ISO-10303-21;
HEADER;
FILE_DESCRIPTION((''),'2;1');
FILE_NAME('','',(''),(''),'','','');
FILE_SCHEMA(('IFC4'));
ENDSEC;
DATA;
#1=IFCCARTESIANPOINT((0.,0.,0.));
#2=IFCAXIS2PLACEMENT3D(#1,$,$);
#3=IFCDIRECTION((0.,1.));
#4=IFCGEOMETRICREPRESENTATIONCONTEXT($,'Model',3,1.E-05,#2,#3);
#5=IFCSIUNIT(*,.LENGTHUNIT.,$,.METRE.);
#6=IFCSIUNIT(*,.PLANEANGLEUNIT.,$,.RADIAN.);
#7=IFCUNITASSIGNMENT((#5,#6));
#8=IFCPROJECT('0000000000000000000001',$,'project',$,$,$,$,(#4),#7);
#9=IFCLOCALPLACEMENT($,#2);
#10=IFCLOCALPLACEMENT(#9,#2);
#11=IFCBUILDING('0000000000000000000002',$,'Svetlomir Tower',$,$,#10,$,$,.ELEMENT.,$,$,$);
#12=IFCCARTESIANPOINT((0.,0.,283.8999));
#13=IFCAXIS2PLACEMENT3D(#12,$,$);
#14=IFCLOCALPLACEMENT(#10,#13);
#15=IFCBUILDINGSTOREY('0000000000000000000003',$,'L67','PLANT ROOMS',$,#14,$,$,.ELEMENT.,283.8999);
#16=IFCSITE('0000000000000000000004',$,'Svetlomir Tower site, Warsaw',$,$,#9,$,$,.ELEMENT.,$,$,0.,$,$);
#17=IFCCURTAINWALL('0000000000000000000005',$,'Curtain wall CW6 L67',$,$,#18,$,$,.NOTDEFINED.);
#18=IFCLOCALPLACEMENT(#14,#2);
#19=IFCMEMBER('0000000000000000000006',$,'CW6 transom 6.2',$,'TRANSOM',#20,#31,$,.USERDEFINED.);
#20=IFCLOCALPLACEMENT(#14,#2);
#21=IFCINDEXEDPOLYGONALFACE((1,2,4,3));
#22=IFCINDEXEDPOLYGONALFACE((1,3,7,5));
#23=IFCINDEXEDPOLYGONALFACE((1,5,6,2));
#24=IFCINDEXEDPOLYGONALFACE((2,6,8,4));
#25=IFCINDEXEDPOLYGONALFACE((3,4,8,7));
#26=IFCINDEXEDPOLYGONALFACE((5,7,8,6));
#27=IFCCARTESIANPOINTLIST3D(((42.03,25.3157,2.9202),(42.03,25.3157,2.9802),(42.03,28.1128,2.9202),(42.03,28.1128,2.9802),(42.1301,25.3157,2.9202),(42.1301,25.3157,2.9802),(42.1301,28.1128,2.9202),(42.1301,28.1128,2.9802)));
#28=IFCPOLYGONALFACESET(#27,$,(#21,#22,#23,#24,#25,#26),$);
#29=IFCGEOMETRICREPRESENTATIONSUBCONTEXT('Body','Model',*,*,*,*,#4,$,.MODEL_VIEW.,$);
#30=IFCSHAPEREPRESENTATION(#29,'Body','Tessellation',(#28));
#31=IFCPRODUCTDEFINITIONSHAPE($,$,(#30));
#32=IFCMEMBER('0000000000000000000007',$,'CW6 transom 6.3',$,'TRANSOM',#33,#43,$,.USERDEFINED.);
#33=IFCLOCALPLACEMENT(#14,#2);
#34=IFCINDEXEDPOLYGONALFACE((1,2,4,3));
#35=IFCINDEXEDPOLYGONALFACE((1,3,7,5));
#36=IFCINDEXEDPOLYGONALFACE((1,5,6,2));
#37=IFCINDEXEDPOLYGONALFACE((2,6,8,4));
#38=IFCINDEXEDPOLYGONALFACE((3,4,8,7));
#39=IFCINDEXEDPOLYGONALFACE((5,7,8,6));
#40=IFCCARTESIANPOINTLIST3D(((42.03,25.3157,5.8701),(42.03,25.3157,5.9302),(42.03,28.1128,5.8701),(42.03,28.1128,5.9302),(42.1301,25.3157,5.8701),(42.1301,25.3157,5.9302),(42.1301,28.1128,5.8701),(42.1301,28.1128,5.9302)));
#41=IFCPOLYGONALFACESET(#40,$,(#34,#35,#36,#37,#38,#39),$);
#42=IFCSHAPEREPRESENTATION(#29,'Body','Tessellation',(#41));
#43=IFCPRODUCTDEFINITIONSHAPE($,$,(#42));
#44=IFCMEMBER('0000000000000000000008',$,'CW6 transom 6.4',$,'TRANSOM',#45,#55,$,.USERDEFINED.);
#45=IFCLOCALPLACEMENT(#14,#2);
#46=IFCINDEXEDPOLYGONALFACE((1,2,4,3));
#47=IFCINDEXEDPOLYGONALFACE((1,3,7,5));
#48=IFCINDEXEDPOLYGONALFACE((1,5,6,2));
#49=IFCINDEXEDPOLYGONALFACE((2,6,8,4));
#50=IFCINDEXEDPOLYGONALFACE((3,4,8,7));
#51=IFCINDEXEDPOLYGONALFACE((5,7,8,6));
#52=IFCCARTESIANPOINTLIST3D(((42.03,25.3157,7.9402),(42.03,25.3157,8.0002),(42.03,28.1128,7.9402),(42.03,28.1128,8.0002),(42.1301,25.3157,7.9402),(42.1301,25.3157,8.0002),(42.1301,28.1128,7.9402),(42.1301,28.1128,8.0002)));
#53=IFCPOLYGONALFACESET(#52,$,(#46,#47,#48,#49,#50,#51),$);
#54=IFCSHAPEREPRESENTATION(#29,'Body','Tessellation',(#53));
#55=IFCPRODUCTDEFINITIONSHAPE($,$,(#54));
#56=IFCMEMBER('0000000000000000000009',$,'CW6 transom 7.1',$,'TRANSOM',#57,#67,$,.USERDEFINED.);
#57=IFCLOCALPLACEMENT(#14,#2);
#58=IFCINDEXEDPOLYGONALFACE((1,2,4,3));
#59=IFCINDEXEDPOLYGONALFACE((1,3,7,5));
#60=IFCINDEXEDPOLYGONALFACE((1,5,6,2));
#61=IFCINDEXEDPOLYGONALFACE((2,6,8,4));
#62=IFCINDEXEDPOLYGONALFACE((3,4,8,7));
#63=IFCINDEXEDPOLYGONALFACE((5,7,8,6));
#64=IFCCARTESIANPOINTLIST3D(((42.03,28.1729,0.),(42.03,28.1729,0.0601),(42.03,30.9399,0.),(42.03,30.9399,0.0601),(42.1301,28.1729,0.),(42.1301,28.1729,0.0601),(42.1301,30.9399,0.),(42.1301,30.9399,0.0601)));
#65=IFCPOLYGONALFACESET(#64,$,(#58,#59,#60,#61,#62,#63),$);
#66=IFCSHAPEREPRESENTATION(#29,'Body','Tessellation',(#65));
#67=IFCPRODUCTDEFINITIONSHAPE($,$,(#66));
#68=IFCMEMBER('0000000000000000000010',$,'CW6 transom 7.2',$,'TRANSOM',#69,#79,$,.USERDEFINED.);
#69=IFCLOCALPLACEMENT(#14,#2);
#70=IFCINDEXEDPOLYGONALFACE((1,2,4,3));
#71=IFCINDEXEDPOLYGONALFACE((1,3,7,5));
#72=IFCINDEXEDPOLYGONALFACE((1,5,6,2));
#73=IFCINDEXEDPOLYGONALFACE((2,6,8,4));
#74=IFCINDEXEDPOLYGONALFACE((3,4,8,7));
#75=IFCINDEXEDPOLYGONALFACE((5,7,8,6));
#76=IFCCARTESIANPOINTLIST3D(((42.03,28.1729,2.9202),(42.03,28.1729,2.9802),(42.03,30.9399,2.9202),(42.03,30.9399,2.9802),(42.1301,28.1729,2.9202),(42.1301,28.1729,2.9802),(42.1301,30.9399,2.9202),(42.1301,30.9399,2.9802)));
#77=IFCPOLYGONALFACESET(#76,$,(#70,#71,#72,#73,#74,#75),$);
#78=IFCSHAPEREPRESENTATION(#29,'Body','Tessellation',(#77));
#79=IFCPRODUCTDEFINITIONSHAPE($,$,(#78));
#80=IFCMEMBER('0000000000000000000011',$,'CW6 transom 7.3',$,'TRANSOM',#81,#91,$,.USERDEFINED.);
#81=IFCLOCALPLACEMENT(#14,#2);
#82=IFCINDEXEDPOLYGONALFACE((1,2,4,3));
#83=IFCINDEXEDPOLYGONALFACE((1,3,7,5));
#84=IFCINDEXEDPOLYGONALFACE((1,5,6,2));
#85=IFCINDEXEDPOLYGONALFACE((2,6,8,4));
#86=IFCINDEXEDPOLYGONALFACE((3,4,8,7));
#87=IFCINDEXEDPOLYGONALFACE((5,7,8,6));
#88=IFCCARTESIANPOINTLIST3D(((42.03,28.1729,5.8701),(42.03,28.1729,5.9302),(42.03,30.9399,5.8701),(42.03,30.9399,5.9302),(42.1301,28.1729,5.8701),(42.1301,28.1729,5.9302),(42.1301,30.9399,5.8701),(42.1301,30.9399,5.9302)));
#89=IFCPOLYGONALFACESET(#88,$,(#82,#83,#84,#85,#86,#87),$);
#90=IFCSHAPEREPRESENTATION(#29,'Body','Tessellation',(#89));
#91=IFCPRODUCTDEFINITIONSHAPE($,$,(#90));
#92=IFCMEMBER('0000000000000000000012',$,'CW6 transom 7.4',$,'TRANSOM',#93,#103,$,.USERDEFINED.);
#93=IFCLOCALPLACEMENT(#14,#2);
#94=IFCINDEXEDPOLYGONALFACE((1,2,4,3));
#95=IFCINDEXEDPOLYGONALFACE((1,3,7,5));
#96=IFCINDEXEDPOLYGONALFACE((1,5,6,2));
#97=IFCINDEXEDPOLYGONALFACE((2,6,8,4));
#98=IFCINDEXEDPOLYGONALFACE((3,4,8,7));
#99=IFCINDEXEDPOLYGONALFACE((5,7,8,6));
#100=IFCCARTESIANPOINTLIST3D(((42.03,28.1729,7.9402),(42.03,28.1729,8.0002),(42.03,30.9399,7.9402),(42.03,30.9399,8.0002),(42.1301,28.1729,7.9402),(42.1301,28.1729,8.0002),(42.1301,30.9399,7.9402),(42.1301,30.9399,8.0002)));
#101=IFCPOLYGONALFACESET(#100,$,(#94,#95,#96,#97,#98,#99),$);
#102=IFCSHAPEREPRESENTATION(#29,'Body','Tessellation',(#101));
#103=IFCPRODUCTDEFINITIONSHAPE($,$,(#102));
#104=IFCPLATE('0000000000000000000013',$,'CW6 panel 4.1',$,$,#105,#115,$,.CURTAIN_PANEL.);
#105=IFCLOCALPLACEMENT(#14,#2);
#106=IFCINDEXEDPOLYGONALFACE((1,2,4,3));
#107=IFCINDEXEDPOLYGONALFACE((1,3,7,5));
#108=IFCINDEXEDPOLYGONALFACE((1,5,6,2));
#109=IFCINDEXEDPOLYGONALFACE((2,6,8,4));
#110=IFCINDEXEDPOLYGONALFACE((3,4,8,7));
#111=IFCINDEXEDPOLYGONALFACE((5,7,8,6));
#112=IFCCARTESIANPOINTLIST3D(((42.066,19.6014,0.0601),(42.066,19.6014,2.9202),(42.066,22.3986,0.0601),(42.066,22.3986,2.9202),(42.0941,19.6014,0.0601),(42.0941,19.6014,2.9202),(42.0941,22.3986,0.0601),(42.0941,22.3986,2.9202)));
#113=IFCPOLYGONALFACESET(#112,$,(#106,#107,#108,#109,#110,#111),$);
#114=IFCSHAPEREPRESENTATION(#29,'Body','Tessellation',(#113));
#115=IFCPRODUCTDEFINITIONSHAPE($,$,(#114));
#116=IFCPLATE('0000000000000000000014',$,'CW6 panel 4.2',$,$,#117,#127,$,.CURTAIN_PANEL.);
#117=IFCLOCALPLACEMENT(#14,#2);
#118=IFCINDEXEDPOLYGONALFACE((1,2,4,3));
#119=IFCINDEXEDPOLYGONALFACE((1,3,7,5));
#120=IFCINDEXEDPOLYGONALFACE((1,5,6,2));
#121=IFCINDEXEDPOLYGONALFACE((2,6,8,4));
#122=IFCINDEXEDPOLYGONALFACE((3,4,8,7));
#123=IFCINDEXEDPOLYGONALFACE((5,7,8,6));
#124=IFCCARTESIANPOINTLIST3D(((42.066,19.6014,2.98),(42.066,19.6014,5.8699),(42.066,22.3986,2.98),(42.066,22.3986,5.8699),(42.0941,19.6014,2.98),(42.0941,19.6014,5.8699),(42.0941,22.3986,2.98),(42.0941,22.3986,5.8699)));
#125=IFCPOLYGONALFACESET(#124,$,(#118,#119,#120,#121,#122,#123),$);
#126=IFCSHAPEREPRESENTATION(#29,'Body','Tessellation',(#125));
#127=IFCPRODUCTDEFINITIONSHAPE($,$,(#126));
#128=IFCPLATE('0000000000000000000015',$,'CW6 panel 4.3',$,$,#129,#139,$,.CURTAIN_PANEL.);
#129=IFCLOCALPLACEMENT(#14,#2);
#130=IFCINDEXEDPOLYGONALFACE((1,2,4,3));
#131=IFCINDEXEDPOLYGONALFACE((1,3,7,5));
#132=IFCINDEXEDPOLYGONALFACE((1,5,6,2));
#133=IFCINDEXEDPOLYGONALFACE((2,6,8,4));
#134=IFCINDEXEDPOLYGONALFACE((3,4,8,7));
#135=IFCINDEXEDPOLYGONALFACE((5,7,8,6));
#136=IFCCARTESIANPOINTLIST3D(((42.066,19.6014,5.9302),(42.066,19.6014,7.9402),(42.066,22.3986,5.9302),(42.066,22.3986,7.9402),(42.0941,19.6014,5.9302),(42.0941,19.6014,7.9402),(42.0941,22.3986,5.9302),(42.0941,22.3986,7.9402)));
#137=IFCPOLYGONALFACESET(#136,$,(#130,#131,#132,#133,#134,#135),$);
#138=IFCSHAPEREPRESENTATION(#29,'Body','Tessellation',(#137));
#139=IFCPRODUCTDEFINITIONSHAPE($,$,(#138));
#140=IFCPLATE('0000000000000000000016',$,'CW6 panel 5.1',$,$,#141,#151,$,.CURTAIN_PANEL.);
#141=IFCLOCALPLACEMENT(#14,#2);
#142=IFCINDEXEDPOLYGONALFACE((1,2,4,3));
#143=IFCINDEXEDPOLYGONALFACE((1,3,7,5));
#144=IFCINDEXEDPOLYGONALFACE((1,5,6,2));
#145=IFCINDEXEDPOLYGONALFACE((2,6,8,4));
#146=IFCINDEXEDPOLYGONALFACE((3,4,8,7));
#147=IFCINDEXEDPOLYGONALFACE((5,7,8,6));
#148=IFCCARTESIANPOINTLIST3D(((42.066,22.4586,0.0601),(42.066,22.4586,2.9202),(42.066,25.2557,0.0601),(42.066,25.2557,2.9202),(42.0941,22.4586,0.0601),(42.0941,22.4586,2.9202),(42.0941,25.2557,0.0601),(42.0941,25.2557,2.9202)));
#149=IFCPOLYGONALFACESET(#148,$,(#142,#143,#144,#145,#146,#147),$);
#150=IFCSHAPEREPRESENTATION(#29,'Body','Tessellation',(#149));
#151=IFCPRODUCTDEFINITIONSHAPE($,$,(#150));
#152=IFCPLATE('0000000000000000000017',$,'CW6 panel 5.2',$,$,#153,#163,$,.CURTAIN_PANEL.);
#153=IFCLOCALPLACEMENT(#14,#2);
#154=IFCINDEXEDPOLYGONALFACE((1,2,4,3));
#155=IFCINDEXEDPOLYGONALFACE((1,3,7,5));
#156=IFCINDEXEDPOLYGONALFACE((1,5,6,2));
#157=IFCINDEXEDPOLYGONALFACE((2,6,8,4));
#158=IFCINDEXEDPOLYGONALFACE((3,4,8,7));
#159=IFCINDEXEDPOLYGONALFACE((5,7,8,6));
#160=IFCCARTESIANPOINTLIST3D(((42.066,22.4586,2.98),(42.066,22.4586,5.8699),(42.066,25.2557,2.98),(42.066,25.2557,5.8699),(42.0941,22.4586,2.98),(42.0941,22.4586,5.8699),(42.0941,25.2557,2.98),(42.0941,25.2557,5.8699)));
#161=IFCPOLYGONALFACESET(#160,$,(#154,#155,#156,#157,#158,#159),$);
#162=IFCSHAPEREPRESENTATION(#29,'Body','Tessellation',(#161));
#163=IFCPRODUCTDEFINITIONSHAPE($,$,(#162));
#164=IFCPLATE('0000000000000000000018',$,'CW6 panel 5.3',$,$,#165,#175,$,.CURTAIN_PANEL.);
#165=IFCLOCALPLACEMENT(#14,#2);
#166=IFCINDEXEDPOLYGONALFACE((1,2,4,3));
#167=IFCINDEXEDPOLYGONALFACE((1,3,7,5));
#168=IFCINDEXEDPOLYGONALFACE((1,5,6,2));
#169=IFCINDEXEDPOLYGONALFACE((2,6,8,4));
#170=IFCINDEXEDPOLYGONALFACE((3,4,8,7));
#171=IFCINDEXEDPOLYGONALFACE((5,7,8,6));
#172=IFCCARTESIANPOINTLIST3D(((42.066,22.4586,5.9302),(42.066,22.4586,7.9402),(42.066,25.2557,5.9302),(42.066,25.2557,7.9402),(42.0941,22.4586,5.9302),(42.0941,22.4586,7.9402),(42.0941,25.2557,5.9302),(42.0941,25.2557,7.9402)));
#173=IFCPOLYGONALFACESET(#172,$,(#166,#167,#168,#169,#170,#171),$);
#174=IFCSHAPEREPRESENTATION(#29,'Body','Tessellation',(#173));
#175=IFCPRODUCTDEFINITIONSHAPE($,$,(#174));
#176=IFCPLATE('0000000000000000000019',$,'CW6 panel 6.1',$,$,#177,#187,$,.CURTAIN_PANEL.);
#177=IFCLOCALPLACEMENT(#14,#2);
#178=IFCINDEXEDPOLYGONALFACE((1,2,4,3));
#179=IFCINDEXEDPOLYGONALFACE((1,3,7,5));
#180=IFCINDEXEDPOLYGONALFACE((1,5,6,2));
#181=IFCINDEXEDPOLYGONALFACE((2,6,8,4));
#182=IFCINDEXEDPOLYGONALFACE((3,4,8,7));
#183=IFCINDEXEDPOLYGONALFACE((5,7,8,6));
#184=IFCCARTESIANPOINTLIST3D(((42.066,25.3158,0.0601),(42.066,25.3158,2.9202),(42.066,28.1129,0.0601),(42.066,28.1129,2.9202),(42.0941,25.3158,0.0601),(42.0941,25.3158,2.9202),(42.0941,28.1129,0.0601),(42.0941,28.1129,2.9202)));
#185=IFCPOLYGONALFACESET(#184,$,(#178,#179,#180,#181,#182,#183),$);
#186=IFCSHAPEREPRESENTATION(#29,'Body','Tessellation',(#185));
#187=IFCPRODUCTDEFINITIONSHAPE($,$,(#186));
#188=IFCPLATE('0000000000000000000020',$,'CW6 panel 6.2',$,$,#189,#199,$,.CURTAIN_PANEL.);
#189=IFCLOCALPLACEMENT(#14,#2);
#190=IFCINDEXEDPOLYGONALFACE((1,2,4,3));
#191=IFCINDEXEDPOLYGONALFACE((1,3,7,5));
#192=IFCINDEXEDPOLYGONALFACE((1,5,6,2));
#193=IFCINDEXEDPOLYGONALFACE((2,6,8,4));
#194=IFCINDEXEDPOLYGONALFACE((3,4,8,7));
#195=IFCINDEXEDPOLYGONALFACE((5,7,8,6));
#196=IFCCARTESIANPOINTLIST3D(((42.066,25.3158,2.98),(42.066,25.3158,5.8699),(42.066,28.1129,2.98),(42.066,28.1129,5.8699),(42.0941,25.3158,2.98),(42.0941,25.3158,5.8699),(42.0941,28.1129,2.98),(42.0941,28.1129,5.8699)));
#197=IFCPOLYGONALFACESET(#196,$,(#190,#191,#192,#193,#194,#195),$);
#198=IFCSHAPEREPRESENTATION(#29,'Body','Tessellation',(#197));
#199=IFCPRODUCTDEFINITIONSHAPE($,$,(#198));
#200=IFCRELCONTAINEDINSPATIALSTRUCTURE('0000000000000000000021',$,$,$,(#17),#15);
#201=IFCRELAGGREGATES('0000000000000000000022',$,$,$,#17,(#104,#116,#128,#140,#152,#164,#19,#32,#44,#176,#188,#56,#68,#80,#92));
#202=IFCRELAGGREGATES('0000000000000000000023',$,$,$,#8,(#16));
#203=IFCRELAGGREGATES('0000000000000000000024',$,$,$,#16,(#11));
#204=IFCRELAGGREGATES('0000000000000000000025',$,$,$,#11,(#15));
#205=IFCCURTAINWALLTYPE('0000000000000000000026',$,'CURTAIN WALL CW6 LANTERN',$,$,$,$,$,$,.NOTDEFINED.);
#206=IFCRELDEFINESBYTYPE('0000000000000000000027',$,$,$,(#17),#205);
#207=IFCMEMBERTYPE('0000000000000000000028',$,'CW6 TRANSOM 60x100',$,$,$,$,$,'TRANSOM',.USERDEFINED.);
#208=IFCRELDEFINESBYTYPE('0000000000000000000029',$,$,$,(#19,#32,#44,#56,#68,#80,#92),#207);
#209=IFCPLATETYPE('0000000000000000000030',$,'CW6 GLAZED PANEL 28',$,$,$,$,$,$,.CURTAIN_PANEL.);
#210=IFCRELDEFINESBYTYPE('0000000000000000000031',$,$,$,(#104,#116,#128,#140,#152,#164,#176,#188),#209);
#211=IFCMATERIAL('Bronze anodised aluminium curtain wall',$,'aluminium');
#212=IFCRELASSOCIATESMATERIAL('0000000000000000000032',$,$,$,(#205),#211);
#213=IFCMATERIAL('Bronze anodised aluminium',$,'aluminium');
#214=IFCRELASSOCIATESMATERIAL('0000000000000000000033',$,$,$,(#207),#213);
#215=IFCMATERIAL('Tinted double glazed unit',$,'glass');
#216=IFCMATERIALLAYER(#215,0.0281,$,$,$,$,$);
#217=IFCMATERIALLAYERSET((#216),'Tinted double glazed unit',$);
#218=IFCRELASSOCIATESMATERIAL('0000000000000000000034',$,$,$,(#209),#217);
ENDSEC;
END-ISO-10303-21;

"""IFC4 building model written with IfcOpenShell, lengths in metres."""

from ifc_helpers import new_model, si_unit, direction, frame, origin, origin_2d, place, context, subcontext, project, spatial, rectangle, extrude, material, layer, layer_set, material_profile, profile_set, type_object, element, aggregate, save


model = new_model("IFC4")

# Units and contexts
model_context = context("Model", 3, precision=1e-05, world=origin(), true_north=direction((0.0, 1.0)))
body_context = subcontext(model_context, "Body", "Model", "MODEL_VIEW")
ifc_project = project(units=[si_unit("LENGTHUNIT", "METRE"), si_unit("PLANEANGLEUNIT", "RADIAN")], contexts=[model_context])

# Site, building, storey
site_placement = place(None, origin())
site = spatial("IfcSite", under=ifc_project, at=site_placement, Name="Svetlomir Tower site, Warsaw", CompositionType="ELEMENT", RefElevation=0.0)
building_placement = place(site_placement, origin())
building = spatial("IfcBuilding", under=site, at=building_placement, Name="Svetlomir Tower", CompositionType="ELEMENT")
storey_placement = place(building_placement, frame((0.0, 0.0, 283.8999)))
storey = spatial("IfcBuildingStorey", under=building, at=storey_placement, Name="L67", Description="PLANT ROOMS", CompositionType="ELEMENT", Elevation=283.8999)

# Curtain wall, members, plates
ifc_material_1 = material(Name="Bronze anodised aluminium curtain wall", Category="aluminium")
curtain_wall_type = type_object("IfcCurtainWallType", Name="CURTAIN WALL CW6 LANTERN", PredefinedType="NOTDEFINED", material=ifc_material_1)
curtain_wall_1_placement = place(storey_placement, origin())
curtain_wall_1 = element("IfcCurtainWall", 1, at=curtain_wall_1_placement, inside=storey, type_object=curtain_wall_type, Name="Curtain wall CW6 L67", PredefinedType="NOTDEFINED")
ifc_material_2 = material(Name="Bronze anodised aluminium", Category="aluminium")
ifc_material_profile_1 = material_profile(ifc_material_2, rectangle(XDim=0.1001, YDim=0.0601, at=origin_2d()), Name="AL 100x60")
ifc_profile_set_1 = profile_set([ifc_material_profile_1], Name="Bronze anodised aluminium 6063-T6")
member_type_1 = type_object("IfcMemberType", Name="CW6 TRANSOM 60x100", ElementType="TRANSOM", PredefinedType="USERDEFINED", material=ifc_profile_set_1)
member_1_placement = place(storey_placement, frame((42.0801, 25.3157, 2.9502), z_axis=(0.0, 1.0, 0.0), x_axis=(-1.0, 0.0, 0.0)))
member_1 = element("IfcMember", 2, at=member_1_placement, type_object=member_type_1, Name="CW6 transom 6.2", ObjectType="TRANSOM", PredefinedType="USERDEFINED", context=body_context, shape_type="SweptSolid", body=[
    extrude(rectangle(XDim=0.1001, YDim=0.0601, at=origin_2d()), origin(), (0.0, 0.0, 1.0), 2.7971),
])
member_2_placement = place(storey_placement, frame((42.0801, 25.3157, 5.9001), z_axis=(0.0, 1.0, 0.0), x_axis=(-1.0, 0.0, 0.0)))
member_2 = element("IfcMember", 3, at=member_2_placement, type_object=member_type_1, Name="CW6 transom 6.3", ObjectType="TRANSOM", PredefinedType="USERDEFINED", context=body_context, shape_type="SweptSolid", body=[
    extrude(rectangle(XDim=0.1001, YDim=0.0601, at=origin_2d()), origin(), (0.0, 0.0, 1.0), 2.7971),
])
member_3_placement = place(storey_placement, frame((42.0801, 25.3157, 7.9702), z_axis=(0.0, 1.0, 0.0), x_axis=(-1.0, 0.0, 0.0)))
member_3 = element("IfcMember", 4, at=member_3_placement, type_object=member_type_1, Name="CW6 transom 6.4", ObjectType="TRANSOM", PredefinedType="USERDEFINED", context=body_context, shape_type="SweptSolid", body=[
    extrude(rectangle(XDim=0.1001, YDim=0.0601, at=origin_2d()), origin(), (0.0, 0.0, 1.0), 2.7971),
])
member_4_placement = place(storey_placement, frame((42.0801, 28.1729, 0.03), z_axis=(0.0, 1.0, 0.0), x_axis=(-1.0, 0.0, 0.0)))
member_4 = element("IfcMember", 5, at=member_4_placement, type_object=member_type_1, Name="CW6 transom 7.1", ObjectType="TRANSOM", PredefinedType="USERDEFINED", context=body_context, shape_type="SweptSolid", body=[
    extrude(rectangle(XDim=0.1001, YDim=0.0601, at=origin_2d()), origin(), (0.0, 0.0, 1.0), 2.7671),
])
member_5_placement = place(storey_placement, frame((42.0801, 28.1729, 2.9502), z_axis=(0.0, 1.0, 0.0), x_axis=(-1.0, 0.0, 0.0)))
member_5 = element("IfcMember", 6, at=member_5_placement, type_object=member_type_1, Name="CW6 transom 7.2", ObjectType="TRANSOM", PredefinedType="USERDEFINED", context=body_context, shape_type="SweptSolid", body=[
    extrude(rectangle(XDim=0.1001, YDim=0.0601, at=origin_2d()), origin(), (0.0, 0.0, 1.0), 2.7671),
])
member_6_placement = place(storey_placement, frame((42.0801, 28.1729, 5.9001), z_axis=(0.0, 1.0, 0.0), x_axis=(-1.0, 0.0, 0.0)))
member_6 = element("IfcMember", 7, at=member_6_placement, type_object=member_type_1, Name="CW6 transom 7.3", ObjectType="TRANSOM", PredefinedType="USERDEFINED", context=body_context, shape_type="SweptSolid", body=[
    extrude(rectangle(XDim=0.1001, YDim=0.0601, at=origin_2d()), origin(), (0.0, 0.0, 1.0), 2.7671),
])
member_7_placement = place(storey_placement, frame((42.0801, 28.1729, 7.9702), z_axis=(0.0, 1.0, 0.0), x_axis=(-1.0, 0.0, 0.0)))
member_7 = element("IfcMember", 8, at=member_7_placement, type_object=member_type_1, Name="CW6 transom 7.4", ObjectType="TRANSOM", PredefinedType="USERDEFINED", context=body_context, shape_type="SweptSolid", body=[
    extrude(rectangle(XDim=0.1001, YDim=0.0601, at=origin_2d()), origin(), (0.0, 0.0, 1.0), 2.7671),
])
ifc_material_3 = material(Name="Tinted double glazed unit", Category="glass")
ifc_layer = layer(ifc_material_3, 0.0281)
ifc_layer_set = layer_set([ifc_layer], Name="Tinted double glazed unit")
plate_type = type_object("IfcPlateType", Name="CW6 GLAZED PANEL 28", PredefinedType="CURTAIN_PANEL", material=ifc_layer_set)
plate_1_placement = place(storey_placement, frame((42.0801, 21.0, 0.0601), z_axis=(0.0, 0.0, 1.0), x_axis=(0.0, 1.0, 0.0)))
plate_1 = element("IfcPlate", 9, at=plate_1_placement, type_object=plate_type, Name="CW6 panel 4.1", PredefinedType="CURTAIN_PANEL", context=body_context, shape_type="SweptSolid", body=[
    extrude(rectangle(XDim=2.7971, YDim=0.0281, at=origin_2d()), origin(), (0.0, 0.0, 1.0), 2.8601),
])
plate_2_placement = place(storey_placement, frame((42.0801, 21.0, 2.98), z_axis=(0.0, 0.0, 1.0), x_axis=(0.0, 1.0, 0.0)))
plate_2 = element("IfcPlate", 10, at=plate_2_placement, type_object=plate_type, Name="CW6 panel 4.2", PredefinedType="CURTAIN_PANEL", context=body_context, shape_type="SweptSolid", body=[
    extrude(rectangle(XDim=2.7971, YDim=0.0281, at=origin_2d()), origin(), (0.0, 0.0, 1.0), 2.8899),
])
plate_3_placement = place(storey_placement, frame((42.0801, 21.0, 5.9302), z_axis=(0.0, 0.0, 1.0), x_axis=(0.0, 1.0, 0.0)))
plate_3 = element("IfcPlate", 11, at=plate_3_placement, type_object=plate_type, Name="CW6 panel 4.3", PredefinedType="CURTAIN_PANEL", context=body_context, shape_type="SweptSolid", body=[
    extrude(rectangle(XDim=2.7971, YDim=0.0281, at=origin_2d()), origin(), (0.0, 0.0, 1.0), 2.01),
])
plate_4_placement = place(storey_placement, frame((42.0801, 23.8572, 0.0601), z_axis=(0.0, 0.0, 1.0), x_axis=(0.0, 1.0, 0.0)))
plate_4 = element("IfcPlate", 12, at=plate_4_placement, type_object=plate_type, Name="CW6 panel 5.1", PredefinedType="CURTAIN_PANEL", context=body_context, shape_type="SweptSolid", body=[
    extrude(rectangle(XDim=2.7971, YDim=0.0281, at=origin_2d()), origin(), (0.0, 0.0, 1.0), 2.8601),
])
plate_5_placement = place(storey_placement, frame((42.0801, 23.8572, 2.98), z_axis=(0.0, 0.0, 1.0), x_axis=(0.0, 1.0, 0.0)))
plate_5 = element("IfcPlate", 13, at=plate_5_placement, type_object=plate_type, Name="CW6 panel 5.2", PredefinedType="CURTAIN_PANEL", context=body_context, shape_type="SweptSolid", body=[
    extrude(rectangle(XDim=2.7971, YDim=0.0281, at=origin_2d()), origin(), (0.0, 0.0, 1.0), 2.8899),
])
plate_6_placement = place(storey_placement, frame((42.0801, 23.8572, 5.9302), z_axis=(0.0, 0.0, 1.0), x_axis=(0.0, 1.0, 0.0)))
plate_6 = element("IfcPlate", 14, at=plate_6_placement, type_object=plate_type, Name="CW6 panel 5.3", PredefinedType="CURTAIN_PANEL", context=body_context, shape_type="SweptSolid", body=[
    extrude(rectangle(XDim=2.7971, YDim=0.0281, at=origin_2d()), origin(), (0.0, 0.0, 1.0), 2.01),
])
plate_7_placement = place(storey_placement, frame((42.0801, 26.7144, 0.0601), z_axis=(0.0, 0.0, 1.0), x_axis=(0.0, 1.0, 0.0)))
plate_7 = element("IfcPlate", 15, at=plate_7_placement, type_object=plate_type, Name="CW6 panel 6.1", PredefinedType="CURTAIN_PANEL", context=body_context, shape_type="SweptSolid", body=[
    extrude(rectangle(XDim=2.7971, YDim=0.0281, at=origin_2d()), origin(), (0.0, 0.0, 1.0), 2.8601),
])
plate_8_placement = place(storey_placement, frame((42.0801, 26.7144, 2.98), z_axis=(0.0, 0.0, 1.0), x_axis=(0.0, 1.0, 0.0)))
plate_8 = element("IfcPlate", 16, at=plate_8_placement, type_object=plate_type, Name="CW6 panel 6.2", PredefinedType="CURTAIN_PANEL", context=body_context, shape_type="SweptSolid", body=[
    extrude(rectangle(XDim=2.7971, YDim=0.0281, at=origin_2d()), origin(), (0.0, 0.0, 1.0), 2.8899),
])
aggregate(curtain_wall_1, [plate_1, plate_2, plate_3, plate_4, plate_5, plate_6, member_1, member_2, member_3, plate_7, plate_8, member_4, member_5, member_6, member_7])

save(model, "model.ifc")
